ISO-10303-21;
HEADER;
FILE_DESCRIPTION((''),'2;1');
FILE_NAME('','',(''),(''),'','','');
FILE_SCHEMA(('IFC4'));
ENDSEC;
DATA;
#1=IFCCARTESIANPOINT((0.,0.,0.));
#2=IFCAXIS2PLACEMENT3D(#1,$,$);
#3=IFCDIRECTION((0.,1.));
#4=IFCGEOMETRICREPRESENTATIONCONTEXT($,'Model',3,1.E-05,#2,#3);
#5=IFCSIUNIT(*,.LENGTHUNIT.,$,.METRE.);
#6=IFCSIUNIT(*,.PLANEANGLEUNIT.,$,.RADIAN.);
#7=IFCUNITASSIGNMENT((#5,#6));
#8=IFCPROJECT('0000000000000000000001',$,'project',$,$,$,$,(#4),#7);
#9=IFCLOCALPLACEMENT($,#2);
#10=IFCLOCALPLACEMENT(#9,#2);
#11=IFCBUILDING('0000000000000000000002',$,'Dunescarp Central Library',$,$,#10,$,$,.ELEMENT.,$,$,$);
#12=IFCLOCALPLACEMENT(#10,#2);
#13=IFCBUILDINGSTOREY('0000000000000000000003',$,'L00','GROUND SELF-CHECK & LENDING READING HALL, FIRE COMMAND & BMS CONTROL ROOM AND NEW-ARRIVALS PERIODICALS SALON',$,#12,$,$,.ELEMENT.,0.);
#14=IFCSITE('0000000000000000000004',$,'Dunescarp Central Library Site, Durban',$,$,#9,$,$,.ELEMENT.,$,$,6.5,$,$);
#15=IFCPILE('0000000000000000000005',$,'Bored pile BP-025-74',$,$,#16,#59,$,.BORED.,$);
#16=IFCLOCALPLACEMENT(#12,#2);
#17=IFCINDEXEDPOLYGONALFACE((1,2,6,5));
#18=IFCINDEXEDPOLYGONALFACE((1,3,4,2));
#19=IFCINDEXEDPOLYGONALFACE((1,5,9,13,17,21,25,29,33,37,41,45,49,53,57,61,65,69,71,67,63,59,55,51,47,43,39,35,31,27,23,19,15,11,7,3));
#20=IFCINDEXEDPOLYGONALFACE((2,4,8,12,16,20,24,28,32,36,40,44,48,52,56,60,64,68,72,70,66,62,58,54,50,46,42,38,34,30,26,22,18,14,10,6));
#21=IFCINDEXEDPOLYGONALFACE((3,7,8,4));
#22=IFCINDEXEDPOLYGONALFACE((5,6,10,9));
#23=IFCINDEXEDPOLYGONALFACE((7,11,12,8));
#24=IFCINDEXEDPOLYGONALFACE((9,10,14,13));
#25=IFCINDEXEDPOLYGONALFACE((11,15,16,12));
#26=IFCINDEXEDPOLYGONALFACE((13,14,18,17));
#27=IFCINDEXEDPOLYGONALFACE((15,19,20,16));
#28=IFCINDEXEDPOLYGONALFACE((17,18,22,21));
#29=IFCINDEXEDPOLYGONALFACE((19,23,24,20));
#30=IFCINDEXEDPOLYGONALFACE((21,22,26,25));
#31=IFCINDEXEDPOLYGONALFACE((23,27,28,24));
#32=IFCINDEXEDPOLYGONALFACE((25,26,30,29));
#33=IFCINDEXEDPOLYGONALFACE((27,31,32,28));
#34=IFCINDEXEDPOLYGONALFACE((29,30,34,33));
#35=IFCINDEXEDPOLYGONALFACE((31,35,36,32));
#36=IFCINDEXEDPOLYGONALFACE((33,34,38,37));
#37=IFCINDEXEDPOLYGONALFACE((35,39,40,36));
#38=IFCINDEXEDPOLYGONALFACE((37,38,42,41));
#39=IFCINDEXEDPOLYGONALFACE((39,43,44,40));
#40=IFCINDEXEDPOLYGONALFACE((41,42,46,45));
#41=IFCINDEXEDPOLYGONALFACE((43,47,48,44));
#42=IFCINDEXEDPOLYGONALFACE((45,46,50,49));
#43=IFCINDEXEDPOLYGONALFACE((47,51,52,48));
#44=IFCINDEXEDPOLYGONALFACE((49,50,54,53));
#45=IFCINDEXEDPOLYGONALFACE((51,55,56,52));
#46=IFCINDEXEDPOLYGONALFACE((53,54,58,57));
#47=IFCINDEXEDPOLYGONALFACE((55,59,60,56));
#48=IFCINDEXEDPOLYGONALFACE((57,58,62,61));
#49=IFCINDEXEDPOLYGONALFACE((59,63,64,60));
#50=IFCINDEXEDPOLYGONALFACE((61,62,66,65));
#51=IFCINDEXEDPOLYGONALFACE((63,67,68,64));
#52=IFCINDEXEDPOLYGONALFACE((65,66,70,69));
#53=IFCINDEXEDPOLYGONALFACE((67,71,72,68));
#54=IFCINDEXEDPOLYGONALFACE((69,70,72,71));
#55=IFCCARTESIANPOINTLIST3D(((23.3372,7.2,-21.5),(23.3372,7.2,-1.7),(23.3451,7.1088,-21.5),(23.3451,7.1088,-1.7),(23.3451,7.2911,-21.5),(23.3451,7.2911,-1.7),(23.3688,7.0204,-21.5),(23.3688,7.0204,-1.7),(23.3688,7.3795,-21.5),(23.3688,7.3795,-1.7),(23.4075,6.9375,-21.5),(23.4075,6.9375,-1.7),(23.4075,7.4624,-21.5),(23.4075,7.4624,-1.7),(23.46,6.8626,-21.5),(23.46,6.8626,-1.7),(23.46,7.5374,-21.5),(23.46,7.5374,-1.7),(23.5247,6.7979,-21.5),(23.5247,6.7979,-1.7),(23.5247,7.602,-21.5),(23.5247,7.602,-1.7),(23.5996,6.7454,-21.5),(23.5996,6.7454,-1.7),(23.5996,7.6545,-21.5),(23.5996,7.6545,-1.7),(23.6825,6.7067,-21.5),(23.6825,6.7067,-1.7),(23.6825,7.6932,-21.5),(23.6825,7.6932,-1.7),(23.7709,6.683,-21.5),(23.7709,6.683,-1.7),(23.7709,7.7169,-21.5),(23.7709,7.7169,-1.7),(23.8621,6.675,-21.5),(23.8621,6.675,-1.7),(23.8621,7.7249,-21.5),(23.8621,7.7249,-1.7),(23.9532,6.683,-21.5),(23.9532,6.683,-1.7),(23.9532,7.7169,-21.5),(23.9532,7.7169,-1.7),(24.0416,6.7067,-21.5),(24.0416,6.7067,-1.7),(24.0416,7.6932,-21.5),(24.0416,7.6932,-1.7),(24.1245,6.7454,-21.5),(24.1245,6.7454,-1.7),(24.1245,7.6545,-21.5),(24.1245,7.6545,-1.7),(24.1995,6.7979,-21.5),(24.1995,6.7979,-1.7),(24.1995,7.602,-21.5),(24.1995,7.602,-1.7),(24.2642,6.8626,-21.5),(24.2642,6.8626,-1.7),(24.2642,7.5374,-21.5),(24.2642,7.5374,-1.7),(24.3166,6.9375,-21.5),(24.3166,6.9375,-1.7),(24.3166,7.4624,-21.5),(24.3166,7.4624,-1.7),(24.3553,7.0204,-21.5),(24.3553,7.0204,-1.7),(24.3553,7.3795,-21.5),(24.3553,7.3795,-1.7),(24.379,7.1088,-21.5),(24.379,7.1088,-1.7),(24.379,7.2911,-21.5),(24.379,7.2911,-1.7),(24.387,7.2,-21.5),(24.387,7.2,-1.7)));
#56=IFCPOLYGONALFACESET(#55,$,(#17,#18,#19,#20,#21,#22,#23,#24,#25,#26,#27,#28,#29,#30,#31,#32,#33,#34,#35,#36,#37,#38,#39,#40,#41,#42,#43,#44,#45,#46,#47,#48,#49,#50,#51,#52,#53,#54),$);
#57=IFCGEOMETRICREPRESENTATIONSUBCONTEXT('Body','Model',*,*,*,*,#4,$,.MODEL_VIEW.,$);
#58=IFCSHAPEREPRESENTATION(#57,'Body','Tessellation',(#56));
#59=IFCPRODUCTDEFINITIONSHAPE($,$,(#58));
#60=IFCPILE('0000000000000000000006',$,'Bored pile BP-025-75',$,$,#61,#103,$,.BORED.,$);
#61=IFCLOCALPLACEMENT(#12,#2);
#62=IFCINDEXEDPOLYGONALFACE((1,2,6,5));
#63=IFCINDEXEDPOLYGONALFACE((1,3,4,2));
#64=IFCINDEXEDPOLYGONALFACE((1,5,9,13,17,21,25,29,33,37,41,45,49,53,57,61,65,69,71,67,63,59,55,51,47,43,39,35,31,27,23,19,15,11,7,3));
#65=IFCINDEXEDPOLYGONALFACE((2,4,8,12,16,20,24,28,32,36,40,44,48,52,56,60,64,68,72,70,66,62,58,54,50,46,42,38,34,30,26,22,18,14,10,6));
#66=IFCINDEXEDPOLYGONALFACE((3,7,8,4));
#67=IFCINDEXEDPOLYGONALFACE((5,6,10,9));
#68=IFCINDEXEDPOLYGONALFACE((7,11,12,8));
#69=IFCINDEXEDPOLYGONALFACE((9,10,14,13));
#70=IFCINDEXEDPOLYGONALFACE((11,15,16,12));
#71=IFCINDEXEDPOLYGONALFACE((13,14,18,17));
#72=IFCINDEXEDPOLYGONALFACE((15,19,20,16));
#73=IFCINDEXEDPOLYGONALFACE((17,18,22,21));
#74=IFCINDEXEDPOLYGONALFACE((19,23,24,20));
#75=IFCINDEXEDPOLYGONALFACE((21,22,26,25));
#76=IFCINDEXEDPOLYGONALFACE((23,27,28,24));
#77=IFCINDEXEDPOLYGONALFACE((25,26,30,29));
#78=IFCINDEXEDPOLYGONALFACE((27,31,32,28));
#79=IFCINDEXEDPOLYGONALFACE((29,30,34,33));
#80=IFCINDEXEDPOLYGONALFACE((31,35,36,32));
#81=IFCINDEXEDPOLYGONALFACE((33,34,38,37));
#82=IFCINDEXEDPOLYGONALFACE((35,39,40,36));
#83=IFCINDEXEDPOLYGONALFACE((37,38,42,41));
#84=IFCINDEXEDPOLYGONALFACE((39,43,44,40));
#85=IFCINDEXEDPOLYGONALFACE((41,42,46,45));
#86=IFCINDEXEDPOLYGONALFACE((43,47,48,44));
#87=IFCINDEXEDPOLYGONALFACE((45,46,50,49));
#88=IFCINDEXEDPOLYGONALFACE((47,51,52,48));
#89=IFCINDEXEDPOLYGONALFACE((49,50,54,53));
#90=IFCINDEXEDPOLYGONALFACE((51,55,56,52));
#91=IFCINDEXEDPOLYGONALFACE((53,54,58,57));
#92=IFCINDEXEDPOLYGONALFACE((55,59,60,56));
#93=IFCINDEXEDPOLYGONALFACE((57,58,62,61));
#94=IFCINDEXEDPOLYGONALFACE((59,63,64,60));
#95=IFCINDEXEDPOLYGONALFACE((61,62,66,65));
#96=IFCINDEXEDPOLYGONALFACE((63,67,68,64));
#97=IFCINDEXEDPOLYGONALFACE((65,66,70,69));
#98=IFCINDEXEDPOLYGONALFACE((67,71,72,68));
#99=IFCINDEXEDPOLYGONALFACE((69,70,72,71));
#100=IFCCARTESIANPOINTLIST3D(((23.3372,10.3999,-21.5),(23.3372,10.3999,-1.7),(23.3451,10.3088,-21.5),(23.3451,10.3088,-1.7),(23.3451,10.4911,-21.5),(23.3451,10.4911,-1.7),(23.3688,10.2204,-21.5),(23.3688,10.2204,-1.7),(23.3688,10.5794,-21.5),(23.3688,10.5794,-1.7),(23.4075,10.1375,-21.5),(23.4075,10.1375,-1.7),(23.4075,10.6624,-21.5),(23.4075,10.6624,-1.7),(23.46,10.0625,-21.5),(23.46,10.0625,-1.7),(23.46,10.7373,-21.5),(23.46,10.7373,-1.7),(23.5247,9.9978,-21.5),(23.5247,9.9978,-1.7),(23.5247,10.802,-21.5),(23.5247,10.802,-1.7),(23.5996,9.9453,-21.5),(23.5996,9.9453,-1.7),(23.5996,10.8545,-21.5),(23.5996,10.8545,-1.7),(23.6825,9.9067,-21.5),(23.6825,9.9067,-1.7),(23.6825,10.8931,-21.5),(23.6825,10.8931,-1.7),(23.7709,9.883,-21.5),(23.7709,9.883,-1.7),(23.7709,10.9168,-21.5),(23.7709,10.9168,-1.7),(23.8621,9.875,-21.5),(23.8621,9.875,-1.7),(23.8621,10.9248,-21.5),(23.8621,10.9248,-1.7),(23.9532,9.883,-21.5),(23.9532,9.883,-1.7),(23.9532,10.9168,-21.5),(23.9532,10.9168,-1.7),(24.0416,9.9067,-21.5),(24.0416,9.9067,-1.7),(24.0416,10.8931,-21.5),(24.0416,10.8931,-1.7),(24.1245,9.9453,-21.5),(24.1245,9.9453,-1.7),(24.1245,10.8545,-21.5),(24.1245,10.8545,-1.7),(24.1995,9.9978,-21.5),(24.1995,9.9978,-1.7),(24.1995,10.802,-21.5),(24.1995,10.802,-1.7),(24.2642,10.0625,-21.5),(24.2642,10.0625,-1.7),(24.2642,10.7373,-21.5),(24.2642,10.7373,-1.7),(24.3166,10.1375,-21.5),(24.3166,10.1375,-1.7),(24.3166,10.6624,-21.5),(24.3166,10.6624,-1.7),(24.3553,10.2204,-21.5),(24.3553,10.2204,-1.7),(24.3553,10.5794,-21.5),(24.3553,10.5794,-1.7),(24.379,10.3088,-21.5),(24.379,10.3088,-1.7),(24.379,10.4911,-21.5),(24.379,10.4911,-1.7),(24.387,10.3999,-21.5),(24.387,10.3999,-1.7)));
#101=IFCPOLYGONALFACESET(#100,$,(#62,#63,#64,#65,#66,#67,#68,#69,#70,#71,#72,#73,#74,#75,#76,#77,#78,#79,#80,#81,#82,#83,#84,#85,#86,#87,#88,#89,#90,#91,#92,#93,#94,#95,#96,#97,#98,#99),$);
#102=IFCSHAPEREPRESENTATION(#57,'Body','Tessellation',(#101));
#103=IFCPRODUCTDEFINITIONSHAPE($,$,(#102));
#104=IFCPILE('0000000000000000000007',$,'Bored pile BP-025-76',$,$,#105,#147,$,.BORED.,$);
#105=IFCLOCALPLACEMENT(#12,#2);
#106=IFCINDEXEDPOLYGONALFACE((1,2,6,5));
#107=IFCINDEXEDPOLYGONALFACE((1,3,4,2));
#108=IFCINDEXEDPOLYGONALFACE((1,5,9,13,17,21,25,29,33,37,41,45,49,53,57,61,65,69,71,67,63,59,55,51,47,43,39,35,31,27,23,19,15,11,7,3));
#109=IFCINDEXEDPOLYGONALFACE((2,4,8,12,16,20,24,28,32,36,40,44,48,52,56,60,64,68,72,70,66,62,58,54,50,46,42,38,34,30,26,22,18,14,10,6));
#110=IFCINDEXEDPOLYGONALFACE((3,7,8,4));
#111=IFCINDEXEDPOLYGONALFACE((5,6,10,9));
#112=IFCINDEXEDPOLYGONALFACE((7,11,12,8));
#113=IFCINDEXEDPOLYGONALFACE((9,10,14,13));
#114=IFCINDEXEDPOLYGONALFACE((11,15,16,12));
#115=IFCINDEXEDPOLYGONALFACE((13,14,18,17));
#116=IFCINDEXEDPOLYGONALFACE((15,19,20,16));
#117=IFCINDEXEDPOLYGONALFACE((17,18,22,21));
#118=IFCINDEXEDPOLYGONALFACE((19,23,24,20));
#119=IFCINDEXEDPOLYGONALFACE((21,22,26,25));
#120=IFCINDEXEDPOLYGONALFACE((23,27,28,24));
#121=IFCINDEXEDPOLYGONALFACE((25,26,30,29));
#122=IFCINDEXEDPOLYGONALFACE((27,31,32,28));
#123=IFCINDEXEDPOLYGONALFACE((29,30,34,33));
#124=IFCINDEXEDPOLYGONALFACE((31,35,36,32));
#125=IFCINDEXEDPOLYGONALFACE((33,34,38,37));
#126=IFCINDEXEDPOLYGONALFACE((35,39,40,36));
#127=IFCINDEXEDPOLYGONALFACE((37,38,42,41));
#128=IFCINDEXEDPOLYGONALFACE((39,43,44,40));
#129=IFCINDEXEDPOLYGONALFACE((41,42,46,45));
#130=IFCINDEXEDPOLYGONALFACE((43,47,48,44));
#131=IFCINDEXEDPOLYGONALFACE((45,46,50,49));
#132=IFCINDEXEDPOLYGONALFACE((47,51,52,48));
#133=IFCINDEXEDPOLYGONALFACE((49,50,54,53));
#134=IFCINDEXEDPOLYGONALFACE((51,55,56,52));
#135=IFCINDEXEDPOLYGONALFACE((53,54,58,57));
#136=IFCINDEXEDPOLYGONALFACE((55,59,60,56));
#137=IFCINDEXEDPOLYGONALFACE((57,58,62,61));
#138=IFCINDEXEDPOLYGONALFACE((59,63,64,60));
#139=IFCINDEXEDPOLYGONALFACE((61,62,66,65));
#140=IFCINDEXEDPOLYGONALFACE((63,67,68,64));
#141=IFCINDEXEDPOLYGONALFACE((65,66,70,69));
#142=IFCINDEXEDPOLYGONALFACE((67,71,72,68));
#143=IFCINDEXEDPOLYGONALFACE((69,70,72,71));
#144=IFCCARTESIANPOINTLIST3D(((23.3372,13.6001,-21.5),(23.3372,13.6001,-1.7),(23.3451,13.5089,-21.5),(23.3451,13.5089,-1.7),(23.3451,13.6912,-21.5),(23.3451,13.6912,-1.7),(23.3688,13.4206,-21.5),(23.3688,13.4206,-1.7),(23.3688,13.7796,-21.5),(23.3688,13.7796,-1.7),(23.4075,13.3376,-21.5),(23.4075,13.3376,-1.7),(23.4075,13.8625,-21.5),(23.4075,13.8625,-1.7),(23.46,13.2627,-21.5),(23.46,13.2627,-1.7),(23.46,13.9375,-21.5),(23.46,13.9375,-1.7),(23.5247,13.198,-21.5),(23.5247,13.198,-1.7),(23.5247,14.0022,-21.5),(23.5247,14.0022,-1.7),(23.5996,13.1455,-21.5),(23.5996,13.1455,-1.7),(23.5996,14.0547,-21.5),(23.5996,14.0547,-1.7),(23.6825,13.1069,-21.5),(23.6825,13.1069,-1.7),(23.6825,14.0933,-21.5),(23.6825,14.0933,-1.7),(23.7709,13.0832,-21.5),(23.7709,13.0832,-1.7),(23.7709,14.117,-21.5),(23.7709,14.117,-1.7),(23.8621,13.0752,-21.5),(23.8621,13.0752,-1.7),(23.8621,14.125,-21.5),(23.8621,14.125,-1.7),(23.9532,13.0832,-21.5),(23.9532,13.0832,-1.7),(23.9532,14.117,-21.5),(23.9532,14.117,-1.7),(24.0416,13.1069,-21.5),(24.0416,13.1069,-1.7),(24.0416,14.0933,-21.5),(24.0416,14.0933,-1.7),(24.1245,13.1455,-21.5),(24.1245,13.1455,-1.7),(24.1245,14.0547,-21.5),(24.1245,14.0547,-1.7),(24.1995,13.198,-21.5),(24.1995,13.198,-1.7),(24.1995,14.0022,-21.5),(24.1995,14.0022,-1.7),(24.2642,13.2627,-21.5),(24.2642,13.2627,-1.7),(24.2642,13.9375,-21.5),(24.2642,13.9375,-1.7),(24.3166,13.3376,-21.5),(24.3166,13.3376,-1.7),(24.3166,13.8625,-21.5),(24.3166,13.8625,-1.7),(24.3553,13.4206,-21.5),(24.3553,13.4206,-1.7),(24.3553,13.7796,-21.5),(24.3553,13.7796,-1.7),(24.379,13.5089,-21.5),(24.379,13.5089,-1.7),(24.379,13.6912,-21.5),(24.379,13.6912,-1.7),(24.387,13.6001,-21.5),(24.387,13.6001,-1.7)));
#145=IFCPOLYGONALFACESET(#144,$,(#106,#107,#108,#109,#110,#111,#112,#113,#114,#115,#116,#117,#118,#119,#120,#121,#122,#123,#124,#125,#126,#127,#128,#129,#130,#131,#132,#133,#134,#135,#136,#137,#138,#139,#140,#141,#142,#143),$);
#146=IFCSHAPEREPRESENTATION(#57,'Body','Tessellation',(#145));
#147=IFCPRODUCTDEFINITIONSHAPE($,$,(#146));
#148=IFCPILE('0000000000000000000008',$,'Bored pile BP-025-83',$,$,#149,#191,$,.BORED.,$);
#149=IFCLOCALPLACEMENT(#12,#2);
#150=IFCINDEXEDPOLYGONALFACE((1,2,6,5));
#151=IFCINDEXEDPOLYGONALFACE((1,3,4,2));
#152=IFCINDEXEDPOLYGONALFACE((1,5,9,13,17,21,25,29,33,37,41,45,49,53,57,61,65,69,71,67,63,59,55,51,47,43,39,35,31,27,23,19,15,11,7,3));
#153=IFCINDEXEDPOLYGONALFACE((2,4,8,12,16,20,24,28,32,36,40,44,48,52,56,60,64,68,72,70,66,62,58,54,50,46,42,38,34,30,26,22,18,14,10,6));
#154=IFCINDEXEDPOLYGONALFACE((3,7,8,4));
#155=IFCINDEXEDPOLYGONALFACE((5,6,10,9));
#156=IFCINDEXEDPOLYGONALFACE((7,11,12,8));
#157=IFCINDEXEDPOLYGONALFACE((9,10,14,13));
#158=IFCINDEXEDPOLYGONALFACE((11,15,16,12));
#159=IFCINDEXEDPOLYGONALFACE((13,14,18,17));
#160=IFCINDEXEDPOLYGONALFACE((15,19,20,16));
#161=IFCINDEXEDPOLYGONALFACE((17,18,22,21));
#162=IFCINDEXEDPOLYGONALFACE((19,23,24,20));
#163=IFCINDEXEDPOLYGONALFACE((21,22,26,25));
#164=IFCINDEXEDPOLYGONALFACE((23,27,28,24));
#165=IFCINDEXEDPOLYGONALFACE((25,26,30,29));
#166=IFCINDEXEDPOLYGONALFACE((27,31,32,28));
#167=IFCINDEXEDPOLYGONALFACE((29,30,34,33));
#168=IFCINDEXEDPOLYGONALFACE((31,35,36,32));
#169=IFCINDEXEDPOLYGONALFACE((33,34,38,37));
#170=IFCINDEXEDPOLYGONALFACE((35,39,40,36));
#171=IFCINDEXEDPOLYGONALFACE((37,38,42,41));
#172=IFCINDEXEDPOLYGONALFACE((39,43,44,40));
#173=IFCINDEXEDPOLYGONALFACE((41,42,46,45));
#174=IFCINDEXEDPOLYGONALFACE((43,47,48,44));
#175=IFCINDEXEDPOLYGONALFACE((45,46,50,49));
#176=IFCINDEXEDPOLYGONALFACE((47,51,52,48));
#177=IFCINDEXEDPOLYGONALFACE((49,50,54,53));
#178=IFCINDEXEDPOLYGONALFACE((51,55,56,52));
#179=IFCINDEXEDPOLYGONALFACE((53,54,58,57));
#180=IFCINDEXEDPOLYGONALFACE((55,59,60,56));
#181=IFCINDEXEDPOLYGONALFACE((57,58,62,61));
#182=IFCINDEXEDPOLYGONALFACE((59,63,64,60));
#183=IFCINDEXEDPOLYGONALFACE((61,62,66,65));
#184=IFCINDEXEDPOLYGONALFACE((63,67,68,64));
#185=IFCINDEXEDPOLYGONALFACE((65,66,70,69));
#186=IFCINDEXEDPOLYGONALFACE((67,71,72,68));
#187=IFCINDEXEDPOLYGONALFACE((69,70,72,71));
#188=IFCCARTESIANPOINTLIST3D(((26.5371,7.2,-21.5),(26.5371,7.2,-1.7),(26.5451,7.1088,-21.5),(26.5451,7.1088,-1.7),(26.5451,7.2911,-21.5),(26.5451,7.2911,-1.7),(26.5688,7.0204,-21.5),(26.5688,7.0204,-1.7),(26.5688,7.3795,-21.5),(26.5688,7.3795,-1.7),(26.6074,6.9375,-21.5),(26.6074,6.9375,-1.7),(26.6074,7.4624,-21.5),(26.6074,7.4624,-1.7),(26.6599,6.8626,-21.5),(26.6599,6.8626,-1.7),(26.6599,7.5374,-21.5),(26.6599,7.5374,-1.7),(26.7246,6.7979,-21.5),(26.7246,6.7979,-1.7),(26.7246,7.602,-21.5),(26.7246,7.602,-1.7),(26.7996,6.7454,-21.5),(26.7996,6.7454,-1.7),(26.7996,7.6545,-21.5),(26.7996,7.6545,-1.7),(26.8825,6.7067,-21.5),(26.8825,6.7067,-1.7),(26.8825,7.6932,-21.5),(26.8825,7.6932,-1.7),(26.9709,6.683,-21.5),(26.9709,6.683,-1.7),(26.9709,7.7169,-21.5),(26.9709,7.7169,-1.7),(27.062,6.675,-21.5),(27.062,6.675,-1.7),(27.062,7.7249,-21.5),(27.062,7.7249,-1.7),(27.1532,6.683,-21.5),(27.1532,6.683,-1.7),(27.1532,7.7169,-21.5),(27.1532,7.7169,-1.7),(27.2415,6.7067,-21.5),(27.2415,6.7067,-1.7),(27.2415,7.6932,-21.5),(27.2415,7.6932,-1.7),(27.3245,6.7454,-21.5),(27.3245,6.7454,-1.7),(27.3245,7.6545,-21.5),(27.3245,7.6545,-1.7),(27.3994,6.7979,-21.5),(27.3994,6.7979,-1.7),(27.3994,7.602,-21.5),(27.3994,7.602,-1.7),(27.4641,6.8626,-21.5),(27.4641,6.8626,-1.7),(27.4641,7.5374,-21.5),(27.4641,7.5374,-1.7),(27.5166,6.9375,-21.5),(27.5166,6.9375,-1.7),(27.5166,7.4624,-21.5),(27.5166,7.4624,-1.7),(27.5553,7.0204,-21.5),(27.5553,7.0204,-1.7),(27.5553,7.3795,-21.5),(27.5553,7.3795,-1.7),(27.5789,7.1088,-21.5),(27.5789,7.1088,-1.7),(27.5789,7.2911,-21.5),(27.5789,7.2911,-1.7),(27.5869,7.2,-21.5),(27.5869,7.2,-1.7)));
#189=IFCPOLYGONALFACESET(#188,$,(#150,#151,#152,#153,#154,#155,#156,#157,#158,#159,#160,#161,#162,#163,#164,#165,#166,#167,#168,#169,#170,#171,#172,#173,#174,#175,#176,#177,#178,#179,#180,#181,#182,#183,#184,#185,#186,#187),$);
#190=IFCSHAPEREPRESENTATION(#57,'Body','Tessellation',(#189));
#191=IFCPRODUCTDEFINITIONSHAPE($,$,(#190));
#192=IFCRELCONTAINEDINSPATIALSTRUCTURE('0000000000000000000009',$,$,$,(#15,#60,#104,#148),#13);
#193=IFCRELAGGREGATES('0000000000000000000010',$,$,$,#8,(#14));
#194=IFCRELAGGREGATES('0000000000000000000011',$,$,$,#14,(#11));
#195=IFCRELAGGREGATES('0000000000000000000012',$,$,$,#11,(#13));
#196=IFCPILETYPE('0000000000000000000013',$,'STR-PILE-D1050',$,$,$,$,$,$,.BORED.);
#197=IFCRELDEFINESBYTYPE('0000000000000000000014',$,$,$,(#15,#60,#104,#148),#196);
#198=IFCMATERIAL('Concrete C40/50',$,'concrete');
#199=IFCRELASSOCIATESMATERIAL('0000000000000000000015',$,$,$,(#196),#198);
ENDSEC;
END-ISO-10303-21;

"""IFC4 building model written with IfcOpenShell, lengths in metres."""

from ifc_helpers import new_model, si_unit, direction, frame, origin, origin_2d, place, context, subcontext, project, spatial, circle, extrude, material, material_profile, profile_set, type_object, element, save


model = new_model("IFC4")

# Units and contexts
model_context = context("Model", 3, precision=1e-05, world=origin(), true_north=direction((0.0, 1.0)))
body_context = subcontext(model_context, "Body", "Model", "MODEL_VIEW")
ifc_project = project(units=[si_unit("LENGTHUNIT", "METRE"), si_unit("PLANEANGLEUNIT", "RADIAN")], contexts=[model_context])

# Site, building, storey
site_placement = place(None, origin())
site = spatial("IfcSite", under=ifc_project, at=site_placement, Name="Dunescarp Central Library Site, Durban", CompositionType="ELEMENT", RefElevation=6.5)
building_placement = place(site_placement, origin())
building = spatial("IfcBuilding", under=site, at=building_placement, Name="Dunescarp Central Library", CompositionType="ELEMENT")
storey_placement = place(building_placement, origin())
storey = spatial("IfcBuildingStorey", under=building, at=storey_placement, Name="L00", Description="GROUND SELF-CHECK & LENDING READING HALL, FIRE COMMAND & BMS CONTROL ROOM AND NEW-ARRIVALS PERIODICALS SALON", CompositionType="ELEMENT", Elevation=0.0)

# Piles
ifc_material_1 = material(Name="Concrete C40/50", Category="concrete")
ifc_material_profile_1 = material_profile(ifc_material_1, circle(Radius=0.5249, at=origin_2d()), Name="PILE D1050")
ifc_profile_set_1 = profile_set([ifc_material_profile_1], Name="Concrete C40/50")
pile_type = type_object("IfcPileType", Name="STR-PILE-D1050", PredefinedType="BORED", material=ifc_profile_set_1)
for number, where, z_axis, x_axis, name in (
    (1, (23.8621, 7.2, -1.7), (0.0, 0.0, -1.0), (1.0, 0.0, 0.0), "Bored pile BP-025-74"),
    (2, (23.8621, 10.3999, -1.7), (0.0, 0.0, -1.0), (1.0, 0.0, 0.0), "Bored pile BP-025-75"),
    (3, (23.8621, 13.6001, -1.7), (0.0, 0.0, -1.0), (1.0, 0.0, 0.0), "Bored pile BP-025-76"),
    (4, (27.062, 7.2, -1.7), (0.0, 0.0, -1.0), (1.0, 0.0, 0.0), "Bored pile BP-025-83"),
):
    element("IfcPile", number, at=place(storey_placement, frame(where, z_axis=z_axis, x_axis=x_axis)), inside=storey, type_object=pile_type, Name=name, PredefinedType="BORED", context=body_context, shape_type="SweptSolid", body=[
        extrude(circle(Radius=0.5249, at=origin_2d()), origin(), (0.0, 0.0, 1.0), 19.8),
    ])

save(model, "model.ifc")
